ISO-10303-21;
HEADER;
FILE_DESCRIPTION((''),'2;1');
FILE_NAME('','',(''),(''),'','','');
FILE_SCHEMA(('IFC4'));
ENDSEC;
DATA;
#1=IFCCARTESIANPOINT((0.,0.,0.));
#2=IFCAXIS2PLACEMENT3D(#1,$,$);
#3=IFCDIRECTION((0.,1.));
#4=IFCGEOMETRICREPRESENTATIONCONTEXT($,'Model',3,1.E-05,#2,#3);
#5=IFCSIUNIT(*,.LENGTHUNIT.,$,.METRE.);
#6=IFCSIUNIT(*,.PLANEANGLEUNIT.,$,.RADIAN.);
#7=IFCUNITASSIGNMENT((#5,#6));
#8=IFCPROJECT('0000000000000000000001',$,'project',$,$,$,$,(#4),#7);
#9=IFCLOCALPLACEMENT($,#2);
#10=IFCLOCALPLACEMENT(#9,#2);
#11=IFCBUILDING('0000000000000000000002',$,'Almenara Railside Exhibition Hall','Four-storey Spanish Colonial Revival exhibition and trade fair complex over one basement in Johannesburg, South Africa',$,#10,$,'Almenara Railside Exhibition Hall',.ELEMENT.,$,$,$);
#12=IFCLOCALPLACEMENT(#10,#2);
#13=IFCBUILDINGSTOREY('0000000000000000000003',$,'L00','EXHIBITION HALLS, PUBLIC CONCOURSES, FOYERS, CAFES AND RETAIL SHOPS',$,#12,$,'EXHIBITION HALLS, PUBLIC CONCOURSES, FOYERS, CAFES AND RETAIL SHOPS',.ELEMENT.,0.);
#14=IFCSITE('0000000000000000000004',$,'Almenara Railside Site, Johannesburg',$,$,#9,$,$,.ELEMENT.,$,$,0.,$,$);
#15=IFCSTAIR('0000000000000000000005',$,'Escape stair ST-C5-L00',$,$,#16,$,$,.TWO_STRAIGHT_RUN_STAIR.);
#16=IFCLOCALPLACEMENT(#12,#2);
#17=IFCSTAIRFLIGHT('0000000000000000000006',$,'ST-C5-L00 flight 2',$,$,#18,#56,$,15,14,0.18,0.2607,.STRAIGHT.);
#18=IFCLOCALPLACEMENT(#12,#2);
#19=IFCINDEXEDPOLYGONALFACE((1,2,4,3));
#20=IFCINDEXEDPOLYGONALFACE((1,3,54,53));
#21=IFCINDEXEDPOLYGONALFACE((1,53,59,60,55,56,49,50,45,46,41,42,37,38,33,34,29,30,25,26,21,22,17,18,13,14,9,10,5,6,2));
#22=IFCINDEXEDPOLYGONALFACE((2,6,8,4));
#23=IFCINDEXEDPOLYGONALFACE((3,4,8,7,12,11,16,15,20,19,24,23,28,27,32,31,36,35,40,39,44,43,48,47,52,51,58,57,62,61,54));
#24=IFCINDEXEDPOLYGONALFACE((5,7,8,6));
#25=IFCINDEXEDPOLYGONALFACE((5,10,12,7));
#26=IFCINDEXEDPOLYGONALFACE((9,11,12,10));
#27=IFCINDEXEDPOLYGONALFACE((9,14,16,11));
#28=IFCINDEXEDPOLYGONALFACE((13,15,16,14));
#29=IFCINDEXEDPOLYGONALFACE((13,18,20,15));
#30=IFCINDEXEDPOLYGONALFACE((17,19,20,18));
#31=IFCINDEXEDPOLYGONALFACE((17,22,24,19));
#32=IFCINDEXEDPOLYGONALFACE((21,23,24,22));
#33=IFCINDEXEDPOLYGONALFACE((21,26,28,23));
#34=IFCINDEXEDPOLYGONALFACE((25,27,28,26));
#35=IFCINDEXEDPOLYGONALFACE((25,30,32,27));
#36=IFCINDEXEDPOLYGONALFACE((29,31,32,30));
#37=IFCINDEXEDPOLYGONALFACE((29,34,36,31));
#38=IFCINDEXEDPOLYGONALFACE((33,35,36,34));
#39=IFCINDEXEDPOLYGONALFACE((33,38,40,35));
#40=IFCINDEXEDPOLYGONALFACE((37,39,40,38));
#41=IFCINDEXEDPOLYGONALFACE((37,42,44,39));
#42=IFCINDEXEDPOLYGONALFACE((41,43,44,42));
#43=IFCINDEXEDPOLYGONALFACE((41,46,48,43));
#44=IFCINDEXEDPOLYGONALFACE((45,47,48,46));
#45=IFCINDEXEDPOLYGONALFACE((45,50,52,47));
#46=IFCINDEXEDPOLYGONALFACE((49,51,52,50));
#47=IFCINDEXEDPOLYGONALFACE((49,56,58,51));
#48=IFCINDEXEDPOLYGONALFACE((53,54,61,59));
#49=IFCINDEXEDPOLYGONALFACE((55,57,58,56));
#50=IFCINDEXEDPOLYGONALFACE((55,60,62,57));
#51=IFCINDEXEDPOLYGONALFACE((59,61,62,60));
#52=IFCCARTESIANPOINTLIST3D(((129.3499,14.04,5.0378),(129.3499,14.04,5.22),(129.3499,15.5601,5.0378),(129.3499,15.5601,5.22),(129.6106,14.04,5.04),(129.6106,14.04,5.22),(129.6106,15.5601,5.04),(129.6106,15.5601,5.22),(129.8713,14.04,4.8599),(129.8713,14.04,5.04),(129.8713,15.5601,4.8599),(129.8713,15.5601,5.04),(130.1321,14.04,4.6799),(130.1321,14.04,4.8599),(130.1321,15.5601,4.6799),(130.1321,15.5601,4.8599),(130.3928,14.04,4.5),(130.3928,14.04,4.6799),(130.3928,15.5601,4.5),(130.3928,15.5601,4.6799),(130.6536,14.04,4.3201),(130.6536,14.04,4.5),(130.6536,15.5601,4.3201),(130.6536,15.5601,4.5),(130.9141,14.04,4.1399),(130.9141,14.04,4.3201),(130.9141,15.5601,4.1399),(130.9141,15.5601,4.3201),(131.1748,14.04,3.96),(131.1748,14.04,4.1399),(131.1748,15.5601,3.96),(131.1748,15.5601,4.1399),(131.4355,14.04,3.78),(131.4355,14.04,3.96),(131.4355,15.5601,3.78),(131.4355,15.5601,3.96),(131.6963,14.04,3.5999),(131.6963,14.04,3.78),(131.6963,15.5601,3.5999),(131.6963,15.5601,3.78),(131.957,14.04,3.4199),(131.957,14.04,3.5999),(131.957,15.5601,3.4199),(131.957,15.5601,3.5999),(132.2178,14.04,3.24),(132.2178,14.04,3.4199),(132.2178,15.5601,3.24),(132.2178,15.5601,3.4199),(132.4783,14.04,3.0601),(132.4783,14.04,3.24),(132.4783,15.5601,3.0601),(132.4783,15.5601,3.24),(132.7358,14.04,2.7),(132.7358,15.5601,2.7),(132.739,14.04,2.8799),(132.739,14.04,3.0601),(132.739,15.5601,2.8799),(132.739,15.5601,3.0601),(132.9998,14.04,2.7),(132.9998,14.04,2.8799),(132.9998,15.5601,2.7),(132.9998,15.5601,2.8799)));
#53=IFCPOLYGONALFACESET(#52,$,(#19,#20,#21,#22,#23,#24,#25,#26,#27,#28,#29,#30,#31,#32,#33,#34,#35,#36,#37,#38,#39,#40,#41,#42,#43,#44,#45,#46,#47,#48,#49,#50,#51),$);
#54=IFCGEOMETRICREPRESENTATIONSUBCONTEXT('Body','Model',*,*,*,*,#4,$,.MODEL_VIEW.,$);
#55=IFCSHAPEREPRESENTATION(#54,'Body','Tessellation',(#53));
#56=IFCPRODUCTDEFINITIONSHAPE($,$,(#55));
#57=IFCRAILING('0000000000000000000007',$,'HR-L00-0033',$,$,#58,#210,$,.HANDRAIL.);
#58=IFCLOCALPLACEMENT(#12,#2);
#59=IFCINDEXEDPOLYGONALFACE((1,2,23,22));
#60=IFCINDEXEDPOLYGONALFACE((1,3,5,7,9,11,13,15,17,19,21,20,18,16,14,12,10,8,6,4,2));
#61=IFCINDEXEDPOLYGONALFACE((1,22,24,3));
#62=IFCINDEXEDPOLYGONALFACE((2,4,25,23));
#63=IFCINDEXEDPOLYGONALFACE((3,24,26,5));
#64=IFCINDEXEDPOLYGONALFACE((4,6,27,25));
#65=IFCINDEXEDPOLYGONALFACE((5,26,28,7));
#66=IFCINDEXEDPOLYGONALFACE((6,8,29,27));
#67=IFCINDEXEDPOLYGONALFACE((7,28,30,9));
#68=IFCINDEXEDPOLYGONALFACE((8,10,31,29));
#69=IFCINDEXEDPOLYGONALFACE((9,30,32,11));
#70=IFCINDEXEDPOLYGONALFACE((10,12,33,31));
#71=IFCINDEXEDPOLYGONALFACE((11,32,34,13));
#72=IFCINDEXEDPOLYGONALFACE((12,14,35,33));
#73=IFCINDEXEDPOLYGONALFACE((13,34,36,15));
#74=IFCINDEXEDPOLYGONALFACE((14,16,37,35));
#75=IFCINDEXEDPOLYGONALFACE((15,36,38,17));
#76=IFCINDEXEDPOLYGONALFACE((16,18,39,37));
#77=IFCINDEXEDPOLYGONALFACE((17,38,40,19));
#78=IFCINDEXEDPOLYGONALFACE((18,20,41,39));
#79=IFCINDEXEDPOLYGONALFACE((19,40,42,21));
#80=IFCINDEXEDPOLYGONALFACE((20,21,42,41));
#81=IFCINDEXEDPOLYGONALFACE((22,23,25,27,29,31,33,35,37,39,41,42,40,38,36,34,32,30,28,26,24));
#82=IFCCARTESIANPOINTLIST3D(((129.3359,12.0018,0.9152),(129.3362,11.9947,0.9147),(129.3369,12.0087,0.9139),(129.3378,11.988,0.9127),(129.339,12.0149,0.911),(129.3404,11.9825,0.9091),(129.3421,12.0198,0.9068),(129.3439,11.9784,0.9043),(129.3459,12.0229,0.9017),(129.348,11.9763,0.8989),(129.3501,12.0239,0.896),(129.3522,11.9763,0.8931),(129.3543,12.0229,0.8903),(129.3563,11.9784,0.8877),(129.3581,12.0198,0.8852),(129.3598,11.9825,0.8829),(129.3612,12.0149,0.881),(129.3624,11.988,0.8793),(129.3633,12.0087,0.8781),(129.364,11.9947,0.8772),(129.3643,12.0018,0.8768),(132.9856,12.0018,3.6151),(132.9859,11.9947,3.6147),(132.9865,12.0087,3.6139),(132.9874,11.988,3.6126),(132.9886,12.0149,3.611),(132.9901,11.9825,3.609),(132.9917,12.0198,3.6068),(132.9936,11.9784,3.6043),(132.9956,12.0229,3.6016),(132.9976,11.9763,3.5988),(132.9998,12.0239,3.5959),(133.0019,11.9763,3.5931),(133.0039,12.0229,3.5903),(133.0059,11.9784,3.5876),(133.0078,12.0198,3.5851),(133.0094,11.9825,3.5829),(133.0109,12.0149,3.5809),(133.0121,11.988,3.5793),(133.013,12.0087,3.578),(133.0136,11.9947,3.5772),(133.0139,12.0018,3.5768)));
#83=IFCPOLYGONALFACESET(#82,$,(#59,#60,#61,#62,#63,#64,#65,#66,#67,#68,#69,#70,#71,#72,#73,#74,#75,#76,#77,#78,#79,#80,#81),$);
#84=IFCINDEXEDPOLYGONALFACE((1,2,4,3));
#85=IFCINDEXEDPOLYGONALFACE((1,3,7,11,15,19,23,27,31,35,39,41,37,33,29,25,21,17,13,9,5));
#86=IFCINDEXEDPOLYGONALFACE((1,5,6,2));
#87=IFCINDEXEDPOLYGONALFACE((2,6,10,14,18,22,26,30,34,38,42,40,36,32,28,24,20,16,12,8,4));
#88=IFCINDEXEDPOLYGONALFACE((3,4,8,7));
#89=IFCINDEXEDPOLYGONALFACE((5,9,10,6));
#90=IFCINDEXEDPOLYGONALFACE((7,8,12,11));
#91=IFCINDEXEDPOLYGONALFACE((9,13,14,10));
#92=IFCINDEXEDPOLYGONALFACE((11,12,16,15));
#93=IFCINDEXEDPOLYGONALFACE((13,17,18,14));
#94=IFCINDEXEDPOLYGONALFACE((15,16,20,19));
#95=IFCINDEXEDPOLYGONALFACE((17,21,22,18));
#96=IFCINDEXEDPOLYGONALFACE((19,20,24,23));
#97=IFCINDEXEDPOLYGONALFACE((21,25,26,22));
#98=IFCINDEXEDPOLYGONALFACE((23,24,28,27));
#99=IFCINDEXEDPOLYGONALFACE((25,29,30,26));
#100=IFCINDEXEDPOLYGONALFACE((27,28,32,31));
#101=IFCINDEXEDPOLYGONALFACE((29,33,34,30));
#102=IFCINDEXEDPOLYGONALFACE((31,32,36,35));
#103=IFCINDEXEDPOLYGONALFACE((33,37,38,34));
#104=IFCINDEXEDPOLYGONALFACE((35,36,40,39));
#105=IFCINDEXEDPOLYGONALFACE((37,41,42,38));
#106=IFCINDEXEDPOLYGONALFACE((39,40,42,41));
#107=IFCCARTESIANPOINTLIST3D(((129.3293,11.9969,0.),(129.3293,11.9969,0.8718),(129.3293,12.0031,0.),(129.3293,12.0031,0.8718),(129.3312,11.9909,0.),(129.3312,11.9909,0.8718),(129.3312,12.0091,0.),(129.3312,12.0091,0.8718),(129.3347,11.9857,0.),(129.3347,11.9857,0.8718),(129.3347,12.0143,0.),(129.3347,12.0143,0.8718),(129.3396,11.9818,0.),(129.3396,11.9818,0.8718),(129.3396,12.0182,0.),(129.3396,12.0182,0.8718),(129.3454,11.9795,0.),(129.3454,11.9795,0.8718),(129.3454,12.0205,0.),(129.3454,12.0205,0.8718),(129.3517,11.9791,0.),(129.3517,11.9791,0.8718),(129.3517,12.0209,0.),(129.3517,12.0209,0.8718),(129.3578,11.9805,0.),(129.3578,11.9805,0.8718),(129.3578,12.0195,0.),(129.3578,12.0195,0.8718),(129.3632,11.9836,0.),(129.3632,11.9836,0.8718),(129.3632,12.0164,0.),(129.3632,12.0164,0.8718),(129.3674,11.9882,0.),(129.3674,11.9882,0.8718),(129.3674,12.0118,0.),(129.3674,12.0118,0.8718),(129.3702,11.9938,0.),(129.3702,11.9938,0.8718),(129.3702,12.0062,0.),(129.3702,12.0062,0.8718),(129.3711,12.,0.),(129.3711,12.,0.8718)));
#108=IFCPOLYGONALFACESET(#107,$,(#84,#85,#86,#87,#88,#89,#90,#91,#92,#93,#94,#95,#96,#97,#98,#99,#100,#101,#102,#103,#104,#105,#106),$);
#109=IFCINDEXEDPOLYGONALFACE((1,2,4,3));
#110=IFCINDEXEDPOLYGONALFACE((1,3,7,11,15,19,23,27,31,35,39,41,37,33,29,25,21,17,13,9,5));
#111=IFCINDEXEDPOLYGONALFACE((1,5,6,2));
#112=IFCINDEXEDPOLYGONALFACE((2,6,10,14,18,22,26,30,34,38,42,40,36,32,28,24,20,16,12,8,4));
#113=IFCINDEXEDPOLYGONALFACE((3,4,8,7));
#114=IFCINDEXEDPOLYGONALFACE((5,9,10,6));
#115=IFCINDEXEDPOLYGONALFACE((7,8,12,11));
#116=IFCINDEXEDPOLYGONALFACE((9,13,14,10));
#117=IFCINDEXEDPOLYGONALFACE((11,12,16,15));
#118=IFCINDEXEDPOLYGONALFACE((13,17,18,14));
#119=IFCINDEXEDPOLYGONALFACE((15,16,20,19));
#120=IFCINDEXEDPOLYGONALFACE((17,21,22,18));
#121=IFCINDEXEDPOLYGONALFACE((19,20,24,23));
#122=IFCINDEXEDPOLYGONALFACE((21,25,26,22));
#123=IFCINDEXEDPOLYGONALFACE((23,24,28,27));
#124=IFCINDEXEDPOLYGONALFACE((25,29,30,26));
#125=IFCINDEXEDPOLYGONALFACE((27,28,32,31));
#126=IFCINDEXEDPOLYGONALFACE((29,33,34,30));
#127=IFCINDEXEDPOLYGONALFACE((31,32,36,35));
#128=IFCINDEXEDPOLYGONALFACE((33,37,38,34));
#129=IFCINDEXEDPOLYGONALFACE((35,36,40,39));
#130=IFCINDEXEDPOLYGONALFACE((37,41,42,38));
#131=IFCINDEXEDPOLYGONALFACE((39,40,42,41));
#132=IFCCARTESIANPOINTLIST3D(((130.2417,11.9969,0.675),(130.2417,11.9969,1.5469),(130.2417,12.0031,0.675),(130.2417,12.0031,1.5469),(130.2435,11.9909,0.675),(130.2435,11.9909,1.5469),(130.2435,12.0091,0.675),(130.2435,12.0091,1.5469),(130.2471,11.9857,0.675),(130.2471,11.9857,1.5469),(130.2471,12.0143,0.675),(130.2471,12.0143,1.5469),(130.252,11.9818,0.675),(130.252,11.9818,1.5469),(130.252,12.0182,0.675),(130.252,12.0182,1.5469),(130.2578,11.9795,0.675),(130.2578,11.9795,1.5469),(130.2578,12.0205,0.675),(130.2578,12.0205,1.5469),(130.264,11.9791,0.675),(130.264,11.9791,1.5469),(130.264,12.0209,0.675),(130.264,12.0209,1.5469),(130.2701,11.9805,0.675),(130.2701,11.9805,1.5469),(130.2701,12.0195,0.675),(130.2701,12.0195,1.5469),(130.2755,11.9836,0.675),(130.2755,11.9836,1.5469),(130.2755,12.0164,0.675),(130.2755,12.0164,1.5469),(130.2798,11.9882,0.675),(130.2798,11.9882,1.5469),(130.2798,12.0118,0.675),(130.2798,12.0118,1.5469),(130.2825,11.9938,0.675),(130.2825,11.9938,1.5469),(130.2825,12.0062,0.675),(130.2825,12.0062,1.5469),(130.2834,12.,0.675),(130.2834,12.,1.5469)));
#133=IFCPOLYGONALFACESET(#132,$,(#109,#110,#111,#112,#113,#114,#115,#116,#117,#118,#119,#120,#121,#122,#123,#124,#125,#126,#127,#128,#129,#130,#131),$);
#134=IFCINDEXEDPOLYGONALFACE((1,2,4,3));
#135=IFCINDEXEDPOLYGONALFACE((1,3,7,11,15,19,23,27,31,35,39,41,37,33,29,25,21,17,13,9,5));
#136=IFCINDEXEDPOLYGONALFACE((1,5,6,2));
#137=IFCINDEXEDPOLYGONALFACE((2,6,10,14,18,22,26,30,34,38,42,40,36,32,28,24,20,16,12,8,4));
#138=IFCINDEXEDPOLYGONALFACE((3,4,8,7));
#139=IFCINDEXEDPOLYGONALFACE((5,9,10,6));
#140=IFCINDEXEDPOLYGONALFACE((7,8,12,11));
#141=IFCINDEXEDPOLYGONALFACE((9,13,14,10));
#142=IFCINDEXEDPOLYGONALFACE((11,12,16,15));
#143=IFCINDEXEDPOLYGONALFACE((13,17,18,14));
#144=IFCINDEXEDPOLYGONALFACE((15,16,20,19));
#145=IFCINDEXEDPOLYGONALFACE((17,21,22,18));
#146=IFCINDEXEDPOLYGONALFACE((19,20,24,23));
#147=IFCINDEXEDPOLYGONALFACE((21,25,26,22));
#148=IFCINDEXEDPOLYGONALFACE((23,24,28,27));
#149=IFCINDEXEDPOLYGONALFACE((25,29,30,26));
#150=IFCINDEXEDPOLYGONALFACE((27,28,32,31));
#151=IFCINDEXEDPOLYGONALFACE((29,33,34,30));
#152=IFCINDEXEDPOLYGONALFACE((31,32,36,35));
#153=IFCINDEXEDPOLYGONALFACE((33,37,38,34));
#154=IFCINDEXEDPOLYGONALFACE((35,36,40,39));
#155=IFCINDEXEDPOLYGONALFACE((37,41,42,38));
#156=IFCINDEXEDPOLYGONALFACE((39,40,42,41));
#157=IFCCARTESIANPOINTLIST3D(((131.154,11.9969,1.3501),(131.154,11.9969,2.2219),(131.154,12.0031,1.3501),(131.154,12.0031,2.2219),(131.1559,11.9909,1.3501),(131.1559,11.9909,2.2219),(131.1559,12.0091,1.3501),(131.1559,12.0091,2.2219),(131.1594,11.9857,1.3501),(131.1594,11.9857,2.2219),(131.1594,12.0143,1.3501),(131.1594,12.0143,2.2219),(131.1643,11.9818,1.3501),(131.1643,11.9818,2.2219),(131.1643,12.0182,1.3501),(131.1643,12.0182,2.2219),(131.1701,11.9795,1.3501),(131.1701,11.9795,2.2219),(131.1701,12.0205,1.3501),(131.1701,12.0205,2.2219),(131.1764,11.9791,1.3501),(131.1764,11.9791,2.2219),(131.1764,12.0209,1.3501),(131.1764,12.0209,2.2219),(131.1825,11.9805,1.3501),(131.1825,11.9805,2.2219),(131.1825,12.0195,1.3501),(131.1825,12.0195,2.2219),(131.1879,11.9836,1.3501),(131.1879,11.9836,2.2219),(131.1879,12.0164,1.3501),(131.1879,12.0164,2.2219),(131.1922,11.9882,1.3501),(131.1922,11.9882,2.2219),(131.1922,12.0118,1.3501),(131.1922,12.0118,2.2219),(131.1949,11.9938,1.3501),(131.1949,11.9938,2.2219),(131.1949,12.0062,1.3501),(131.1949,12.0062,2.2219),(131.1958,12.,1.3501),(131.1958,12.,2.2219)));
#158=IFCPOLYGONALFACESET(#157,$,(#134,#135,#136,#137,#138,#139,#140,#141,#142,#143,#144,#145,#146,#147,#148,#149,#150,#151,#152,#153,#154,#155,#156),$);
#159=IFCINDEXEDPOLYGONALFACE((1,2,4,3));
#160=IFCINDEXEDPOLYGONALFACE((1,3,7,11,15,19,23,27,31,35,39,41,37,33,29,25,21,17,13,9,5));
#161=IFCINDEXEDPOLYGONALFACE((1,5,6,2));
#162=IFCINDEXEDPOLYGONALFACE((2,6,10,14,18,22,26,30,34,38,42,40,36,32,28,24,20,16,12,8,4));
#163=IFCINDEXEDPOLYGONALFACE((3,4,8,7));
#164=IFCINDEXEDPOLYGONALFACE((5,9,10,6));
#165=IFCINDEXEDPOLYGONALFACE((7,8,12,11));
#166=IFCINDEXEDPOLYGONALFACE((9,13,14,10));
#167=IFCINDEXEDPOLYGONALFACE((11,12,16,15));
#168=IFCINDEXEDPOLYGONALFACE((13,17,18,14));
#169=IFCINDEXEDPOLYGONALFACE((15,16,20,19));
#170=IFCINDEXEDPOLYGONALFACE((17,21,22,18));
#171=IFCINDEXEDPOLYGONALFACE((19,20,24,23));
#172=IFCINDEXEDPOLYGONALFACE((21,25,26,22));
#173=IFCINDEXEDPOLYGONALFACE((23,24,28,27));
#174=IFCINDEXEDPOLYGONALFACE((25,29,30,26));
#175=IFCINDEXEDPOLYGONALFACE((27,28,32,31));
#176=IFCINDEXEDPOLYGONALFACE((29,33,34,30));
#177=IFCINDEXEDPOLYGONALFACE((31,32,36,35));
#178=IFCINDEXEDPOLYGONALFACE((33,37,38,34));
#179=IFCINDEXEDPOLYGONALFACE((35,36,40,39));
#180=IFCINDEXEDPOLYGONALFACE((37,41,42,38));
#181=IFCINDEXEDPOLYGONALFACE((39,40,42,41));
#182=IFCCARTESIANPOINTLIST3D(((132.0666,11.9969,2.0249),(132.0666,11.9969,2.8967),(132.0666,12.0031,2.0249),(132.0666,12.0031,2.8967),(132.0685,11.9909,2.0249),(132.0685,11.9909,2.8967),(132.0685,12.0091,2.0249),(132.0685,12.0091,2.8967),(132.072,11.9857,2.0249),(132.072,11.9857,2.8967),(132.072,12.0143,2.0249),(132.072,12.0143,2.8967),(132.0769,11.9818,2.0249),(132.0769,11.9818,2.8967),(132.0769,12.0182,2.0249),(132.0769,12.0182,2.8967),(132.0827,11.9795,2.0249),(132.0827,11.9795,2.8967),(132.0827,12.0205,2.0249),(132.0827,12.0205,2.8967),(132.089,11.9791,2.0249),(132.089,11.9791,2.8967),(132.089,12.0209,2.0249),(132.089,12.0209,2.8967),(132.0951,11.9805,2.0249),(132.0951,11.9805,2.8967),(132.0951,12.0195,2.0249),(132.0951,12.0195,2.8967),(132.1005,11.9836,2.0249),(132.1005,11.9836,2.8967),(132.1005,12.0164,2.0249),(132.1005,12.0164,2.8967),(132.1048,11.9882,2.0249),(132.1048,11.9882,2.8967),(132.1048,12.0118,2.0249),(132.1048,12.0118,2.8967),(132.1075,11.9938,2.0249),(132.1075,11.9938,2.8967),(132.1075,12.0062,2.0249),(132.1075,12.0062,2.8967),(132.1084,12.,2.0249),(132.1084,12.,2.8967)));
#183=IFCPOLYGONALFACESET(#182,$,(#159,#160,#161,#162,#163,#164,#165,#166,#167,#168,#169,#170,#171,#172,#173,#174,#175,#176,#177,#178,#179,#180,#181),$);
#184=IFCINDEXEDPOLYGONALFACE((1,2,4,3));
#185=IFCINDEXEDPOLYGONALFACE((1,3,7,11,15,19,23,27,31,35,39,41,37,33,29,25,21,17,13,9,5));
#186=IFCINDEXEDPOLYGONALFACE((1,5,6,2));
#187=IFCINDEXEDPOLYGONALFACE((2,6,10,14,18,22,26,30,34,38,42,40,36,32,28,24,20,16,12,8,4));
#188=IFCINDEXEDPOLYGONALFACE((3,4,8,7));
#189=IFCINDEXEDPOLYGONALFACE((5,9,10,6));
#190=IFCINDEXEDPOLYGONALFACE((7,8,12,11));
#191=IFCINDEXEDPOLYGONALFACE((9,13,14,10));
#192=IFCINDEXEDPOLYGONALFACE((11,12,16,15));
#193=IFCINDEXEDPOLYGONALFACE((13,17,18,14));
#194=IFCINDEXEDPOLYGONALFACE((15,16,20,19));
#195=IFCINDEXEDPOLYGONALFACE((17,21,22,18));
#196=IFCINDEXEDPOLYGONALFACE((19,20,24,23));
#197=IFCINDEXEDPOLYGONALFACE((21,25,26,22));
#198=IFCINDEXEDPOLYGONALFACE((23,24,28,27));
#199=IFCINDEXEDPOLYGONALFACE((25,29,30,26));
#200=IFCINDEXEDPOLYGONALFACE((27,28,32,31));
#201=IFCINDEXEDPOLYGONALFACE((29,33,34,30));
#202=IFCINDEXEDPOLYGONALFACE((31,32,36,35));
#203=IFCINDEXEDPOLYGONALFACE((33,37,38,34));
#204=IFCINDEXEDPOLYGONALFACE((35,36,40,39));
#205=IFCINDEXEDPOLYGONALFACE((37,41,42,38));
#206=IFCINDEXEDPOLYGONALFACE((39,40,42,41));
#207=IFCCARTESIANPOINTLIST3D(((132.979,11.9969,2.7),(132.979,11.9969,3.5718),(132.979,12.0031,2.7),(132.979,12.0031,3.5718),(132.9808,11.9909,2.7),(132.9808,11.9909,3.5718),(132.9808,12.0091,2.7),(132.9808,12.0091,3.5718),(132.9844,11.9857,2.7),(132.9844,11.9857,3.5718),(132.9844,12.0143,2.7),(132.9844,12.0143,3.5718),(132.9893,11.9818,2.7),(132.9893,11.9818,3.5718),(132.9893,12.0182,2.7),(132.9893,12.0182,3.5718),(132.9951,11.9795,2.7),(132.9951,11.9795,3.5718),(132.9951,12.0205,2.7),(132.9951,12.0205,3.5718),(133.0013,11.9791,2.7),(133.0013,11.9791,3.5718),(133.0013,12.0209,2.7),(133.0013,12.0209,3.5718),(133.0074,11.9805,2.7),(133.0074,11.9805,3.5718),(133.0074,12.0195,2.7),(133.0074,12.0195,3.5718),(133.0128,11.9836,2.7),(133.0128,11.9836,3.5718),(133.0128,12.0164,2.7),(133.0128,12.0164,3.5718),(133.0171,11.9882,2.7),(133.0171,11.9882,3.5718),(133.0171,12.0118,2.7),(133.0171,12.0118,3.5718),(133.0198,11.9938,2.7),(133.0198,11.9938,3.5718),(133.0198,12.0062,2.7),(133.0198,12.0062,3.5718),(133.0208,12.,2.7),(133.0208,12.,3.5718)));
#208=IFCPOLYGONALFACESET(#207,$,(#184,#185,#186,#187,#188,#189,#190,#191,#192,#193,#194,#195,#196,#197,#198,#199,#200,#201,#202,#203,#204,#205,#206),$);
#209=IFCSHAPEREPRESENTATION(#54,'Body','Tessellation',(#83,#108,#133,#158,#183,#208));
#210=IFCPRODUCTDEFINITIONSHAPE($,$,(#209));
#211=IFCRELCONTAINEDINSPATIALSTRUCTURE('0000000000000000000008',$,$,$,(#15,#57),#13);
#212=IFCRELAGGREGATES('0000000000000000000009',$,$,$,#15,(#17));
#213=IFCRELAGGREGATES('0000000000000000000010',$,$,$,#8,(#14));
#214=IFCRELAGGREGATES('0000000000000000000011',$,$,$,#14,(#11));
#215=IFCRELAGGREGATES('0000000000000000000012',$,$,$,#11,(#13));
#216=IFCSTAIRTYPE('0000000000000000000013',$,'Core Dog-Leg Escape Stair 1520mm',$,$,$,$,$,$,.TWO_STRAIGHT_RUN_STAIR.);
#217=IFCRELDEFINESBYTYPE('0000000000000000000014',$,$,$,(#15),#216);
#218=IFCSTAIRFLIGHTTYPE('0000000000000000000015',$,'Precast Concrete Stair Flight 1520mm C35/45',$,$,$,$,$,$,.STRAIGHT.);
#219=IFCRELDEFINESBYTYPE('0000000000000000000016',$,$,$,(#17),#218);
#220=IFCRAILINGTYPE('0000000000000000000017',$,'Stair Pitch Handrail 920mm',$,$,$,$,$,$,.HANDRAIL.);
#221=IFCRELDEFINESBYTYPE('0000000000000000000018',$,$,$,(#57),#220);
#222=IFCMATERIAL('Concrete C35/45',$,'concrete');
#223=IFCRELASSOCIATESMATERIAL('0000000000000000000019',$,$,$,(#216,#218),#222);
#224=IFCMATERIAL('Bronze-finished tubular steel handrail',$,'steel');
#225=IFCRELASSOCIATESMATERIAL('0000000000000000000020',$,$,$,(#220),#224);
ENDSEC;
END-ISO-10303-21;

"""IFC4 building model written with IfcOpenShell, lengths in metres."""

from ifc_helpers import new_model, si_unit, direction, frame, origin, origin_2d, place, context, subcontext, project, spatial, polyline, circle, outline, extrude, material, type_object, element, aggregate, save


model = new_model("IFC4")

# Units and contexts
model_context = context("Model", 3, precision=1e-05, world=origin(), true_north=direction((0.0, 1.0)))
body_context = subcontext(model_context, "Body", "Model", "MODEL_VIEW")
ifc_project = project(units=[si_unit("LENGTHUNIT", "METRE"), si_unit("PLANEANGLEUNIT", "RADIAN")], contexts=[model_context])

# Site, building, storey
site_placement = place(None, origin())
site = spatial("IfcSite", under=ifc_project, at=site_placement, Name="Almenara Railside Site, Johannesburg", CompositionType="ELEMENT", RefElevation=0.0)
building_placement = place(site_placement, origin())
building = spatial("IfcBuilding", under=site, at=building_placement, Name="Almenara Railside Exhibition Hall", Description="Four-storey Spanish Colonial Revival exhibition and trade fair complex over one basement in Johannesburg, South Africa", LongName="Almenara Railside Exhibition Hall", CompositionType="ELEMENT")
storey_placement = place(building_placement, origin())
storey = spatial("IfcBuildingStorey", under=building, at=storey_placement, Name="L00", Description="EXHIBITION HALLS, PUBLIC CONCOURSES, FOYERS, CAFES AND RETAIL SHOPS", LongName="EXHIBITION HALLS, PUBLIC CONCOURSES, FOYERS, CAFES AND RETAIL SHOPS", CompositionType="ELEMENT", Elevation=0.0)

# Shared definitions
ifc_material_1 = material(Name="Concrete C35/45", Category="concrete")

# Stair, stair flight
stair_type = type_object("IfcStairType", Name="Core Dog-Leg Escape Stair 1520mm", PredefinedType="TWO_STRAIGHT_RUN_STAIR", material=ifc_material_1)
stair_placement = place(storey_placement, origin())
stair = element("IfcStair", 1, at=stair_placement, inside=storey, type_object=stair_type, Name="Escape stair ST-C5-L00", PredefinedType="TWO_STRAIGHT_RUN_STAIR")
stair_flight_type = type_object("IfcStairFlightType", Name="Precast Concrete Stair Flight 1520mm C35/45", PredefinedType="STRAIGHT", material=ifc_material_1)
stair_flight_1_placement = place(storey_placement, frame((132.9998, 14.8, 2.7), z_axis=(0.0, 0.0, 1.0), x_axis=(-1.0, 0.0, 0.0)))
stair_flight_1 = element("IfcStairFlight", 2, at=stair_flight_1_placement, type_object=stair_flight_type, Name="ST-C5-L00 flight 2", NumberOfRisers=15, NumberOfTreads=14, PredefinedType="STRAIGHT", RiserHeight=0.18, TreadLength=0.2607, context=body_context, shape_type="SweptSolid", body=[
    extrude(outline(polyline([(0.0, 0.0), (0.0, 0.1799), (0.2607, 0.1799), (0.2607, 0.3601), (0.5215, 0.3601), (0.5215, 0.54), (0.782, 0.54), (0.782, 0.72), (1.0427, 0.72), (1.0427, 0.8999), (1.3035, 0.8999), (1.3035, 1.0801), (1.5642, 1.0801), (1.5642, 1.26), (1.825, 1.26), (1.825, 1.4399), (2.0857, 1.4399), (2.0857, 1.6201), (2.3462, 1.6201), (2.3462, 1.8), (2.6069, 1.8), (2.6069, 1.98), (2.8677, 1.98), (2.8677, 2.1599), (3.1284, 2.1599), (3.1284, 2.3401), (3.3892, 2.3401), (3.3892, 2.52), (3.6499, 2.52), (3.6499, 2.7), (3.6499, 2.3379), (0.2639, 0.0), (0.0, 0.0)])), frame((0.0, 0.76, 0.0), z_axis=(0.0, -1.0, 0.0), x_axis=(1.0, 0.0, 0.0)), (0.0, 0.0, 1.0), 1.52),
])
aggregate(stair, [stair_flight_1])

# Railing
ifc_material_2 = material(Name="Bronze-finished tubular steel handrail", Category="steel")
railing_type_1 = type_object("IfcRailingType", Name="Stair Pitch Handrail 920mm", PredefinedType="HANDRAIL", material=ifc_material_2)
railing_1_placement = place(storey_placement, frame((129.3501, 12.0, 0.0)))
element("IfcRailing", 3, at=railing_1_placement, inside=storey, type_object=railing_type_1, Name="HR-L00-0033", PredefinedType="HANDRAIL", context=body_context, shape_type="SweptSolid", body=[
    extrude(circle(Radius=0.0239, at=origin_2d()), frame((0.0, 0.0, 0.896), z_axis=(0.803926, 0.0, 0.59473), x_axis=(0.0, 1.0, 0.0)), (0.0, 0.0, 1.0), 4.5398),
    extrude(circle(Radius=0.021, at=origin_2d()), origin(), (0.0, 0.0, 1.0), 0.8718),
    extrude(circle(Radius=0.021, at=origin_2d()), frame((0.9124, 0.0, 0.675)), (0.0, 0.0, 1.0), 0.8718),
    extrude(circle(Radius=0.021, at=origin_2d()), frame((1.8247, 0.0, 1.3501)), (0.0, 0.0, 1.0), 0.8718),
    extrude(circle(Radius=0.021, at=origin_2d()), frame((2.7373, 0.0, 2.0249)), (0.0, 0.0, 1.0), 0.8718),
    extrude(circle(Radius=0.021, at=origin_2d()), frame((3.6497, 0.0, 2.7)), (0.0, 0.0, 1.0), 0.8718),
])

save(model, "model.ifc")
